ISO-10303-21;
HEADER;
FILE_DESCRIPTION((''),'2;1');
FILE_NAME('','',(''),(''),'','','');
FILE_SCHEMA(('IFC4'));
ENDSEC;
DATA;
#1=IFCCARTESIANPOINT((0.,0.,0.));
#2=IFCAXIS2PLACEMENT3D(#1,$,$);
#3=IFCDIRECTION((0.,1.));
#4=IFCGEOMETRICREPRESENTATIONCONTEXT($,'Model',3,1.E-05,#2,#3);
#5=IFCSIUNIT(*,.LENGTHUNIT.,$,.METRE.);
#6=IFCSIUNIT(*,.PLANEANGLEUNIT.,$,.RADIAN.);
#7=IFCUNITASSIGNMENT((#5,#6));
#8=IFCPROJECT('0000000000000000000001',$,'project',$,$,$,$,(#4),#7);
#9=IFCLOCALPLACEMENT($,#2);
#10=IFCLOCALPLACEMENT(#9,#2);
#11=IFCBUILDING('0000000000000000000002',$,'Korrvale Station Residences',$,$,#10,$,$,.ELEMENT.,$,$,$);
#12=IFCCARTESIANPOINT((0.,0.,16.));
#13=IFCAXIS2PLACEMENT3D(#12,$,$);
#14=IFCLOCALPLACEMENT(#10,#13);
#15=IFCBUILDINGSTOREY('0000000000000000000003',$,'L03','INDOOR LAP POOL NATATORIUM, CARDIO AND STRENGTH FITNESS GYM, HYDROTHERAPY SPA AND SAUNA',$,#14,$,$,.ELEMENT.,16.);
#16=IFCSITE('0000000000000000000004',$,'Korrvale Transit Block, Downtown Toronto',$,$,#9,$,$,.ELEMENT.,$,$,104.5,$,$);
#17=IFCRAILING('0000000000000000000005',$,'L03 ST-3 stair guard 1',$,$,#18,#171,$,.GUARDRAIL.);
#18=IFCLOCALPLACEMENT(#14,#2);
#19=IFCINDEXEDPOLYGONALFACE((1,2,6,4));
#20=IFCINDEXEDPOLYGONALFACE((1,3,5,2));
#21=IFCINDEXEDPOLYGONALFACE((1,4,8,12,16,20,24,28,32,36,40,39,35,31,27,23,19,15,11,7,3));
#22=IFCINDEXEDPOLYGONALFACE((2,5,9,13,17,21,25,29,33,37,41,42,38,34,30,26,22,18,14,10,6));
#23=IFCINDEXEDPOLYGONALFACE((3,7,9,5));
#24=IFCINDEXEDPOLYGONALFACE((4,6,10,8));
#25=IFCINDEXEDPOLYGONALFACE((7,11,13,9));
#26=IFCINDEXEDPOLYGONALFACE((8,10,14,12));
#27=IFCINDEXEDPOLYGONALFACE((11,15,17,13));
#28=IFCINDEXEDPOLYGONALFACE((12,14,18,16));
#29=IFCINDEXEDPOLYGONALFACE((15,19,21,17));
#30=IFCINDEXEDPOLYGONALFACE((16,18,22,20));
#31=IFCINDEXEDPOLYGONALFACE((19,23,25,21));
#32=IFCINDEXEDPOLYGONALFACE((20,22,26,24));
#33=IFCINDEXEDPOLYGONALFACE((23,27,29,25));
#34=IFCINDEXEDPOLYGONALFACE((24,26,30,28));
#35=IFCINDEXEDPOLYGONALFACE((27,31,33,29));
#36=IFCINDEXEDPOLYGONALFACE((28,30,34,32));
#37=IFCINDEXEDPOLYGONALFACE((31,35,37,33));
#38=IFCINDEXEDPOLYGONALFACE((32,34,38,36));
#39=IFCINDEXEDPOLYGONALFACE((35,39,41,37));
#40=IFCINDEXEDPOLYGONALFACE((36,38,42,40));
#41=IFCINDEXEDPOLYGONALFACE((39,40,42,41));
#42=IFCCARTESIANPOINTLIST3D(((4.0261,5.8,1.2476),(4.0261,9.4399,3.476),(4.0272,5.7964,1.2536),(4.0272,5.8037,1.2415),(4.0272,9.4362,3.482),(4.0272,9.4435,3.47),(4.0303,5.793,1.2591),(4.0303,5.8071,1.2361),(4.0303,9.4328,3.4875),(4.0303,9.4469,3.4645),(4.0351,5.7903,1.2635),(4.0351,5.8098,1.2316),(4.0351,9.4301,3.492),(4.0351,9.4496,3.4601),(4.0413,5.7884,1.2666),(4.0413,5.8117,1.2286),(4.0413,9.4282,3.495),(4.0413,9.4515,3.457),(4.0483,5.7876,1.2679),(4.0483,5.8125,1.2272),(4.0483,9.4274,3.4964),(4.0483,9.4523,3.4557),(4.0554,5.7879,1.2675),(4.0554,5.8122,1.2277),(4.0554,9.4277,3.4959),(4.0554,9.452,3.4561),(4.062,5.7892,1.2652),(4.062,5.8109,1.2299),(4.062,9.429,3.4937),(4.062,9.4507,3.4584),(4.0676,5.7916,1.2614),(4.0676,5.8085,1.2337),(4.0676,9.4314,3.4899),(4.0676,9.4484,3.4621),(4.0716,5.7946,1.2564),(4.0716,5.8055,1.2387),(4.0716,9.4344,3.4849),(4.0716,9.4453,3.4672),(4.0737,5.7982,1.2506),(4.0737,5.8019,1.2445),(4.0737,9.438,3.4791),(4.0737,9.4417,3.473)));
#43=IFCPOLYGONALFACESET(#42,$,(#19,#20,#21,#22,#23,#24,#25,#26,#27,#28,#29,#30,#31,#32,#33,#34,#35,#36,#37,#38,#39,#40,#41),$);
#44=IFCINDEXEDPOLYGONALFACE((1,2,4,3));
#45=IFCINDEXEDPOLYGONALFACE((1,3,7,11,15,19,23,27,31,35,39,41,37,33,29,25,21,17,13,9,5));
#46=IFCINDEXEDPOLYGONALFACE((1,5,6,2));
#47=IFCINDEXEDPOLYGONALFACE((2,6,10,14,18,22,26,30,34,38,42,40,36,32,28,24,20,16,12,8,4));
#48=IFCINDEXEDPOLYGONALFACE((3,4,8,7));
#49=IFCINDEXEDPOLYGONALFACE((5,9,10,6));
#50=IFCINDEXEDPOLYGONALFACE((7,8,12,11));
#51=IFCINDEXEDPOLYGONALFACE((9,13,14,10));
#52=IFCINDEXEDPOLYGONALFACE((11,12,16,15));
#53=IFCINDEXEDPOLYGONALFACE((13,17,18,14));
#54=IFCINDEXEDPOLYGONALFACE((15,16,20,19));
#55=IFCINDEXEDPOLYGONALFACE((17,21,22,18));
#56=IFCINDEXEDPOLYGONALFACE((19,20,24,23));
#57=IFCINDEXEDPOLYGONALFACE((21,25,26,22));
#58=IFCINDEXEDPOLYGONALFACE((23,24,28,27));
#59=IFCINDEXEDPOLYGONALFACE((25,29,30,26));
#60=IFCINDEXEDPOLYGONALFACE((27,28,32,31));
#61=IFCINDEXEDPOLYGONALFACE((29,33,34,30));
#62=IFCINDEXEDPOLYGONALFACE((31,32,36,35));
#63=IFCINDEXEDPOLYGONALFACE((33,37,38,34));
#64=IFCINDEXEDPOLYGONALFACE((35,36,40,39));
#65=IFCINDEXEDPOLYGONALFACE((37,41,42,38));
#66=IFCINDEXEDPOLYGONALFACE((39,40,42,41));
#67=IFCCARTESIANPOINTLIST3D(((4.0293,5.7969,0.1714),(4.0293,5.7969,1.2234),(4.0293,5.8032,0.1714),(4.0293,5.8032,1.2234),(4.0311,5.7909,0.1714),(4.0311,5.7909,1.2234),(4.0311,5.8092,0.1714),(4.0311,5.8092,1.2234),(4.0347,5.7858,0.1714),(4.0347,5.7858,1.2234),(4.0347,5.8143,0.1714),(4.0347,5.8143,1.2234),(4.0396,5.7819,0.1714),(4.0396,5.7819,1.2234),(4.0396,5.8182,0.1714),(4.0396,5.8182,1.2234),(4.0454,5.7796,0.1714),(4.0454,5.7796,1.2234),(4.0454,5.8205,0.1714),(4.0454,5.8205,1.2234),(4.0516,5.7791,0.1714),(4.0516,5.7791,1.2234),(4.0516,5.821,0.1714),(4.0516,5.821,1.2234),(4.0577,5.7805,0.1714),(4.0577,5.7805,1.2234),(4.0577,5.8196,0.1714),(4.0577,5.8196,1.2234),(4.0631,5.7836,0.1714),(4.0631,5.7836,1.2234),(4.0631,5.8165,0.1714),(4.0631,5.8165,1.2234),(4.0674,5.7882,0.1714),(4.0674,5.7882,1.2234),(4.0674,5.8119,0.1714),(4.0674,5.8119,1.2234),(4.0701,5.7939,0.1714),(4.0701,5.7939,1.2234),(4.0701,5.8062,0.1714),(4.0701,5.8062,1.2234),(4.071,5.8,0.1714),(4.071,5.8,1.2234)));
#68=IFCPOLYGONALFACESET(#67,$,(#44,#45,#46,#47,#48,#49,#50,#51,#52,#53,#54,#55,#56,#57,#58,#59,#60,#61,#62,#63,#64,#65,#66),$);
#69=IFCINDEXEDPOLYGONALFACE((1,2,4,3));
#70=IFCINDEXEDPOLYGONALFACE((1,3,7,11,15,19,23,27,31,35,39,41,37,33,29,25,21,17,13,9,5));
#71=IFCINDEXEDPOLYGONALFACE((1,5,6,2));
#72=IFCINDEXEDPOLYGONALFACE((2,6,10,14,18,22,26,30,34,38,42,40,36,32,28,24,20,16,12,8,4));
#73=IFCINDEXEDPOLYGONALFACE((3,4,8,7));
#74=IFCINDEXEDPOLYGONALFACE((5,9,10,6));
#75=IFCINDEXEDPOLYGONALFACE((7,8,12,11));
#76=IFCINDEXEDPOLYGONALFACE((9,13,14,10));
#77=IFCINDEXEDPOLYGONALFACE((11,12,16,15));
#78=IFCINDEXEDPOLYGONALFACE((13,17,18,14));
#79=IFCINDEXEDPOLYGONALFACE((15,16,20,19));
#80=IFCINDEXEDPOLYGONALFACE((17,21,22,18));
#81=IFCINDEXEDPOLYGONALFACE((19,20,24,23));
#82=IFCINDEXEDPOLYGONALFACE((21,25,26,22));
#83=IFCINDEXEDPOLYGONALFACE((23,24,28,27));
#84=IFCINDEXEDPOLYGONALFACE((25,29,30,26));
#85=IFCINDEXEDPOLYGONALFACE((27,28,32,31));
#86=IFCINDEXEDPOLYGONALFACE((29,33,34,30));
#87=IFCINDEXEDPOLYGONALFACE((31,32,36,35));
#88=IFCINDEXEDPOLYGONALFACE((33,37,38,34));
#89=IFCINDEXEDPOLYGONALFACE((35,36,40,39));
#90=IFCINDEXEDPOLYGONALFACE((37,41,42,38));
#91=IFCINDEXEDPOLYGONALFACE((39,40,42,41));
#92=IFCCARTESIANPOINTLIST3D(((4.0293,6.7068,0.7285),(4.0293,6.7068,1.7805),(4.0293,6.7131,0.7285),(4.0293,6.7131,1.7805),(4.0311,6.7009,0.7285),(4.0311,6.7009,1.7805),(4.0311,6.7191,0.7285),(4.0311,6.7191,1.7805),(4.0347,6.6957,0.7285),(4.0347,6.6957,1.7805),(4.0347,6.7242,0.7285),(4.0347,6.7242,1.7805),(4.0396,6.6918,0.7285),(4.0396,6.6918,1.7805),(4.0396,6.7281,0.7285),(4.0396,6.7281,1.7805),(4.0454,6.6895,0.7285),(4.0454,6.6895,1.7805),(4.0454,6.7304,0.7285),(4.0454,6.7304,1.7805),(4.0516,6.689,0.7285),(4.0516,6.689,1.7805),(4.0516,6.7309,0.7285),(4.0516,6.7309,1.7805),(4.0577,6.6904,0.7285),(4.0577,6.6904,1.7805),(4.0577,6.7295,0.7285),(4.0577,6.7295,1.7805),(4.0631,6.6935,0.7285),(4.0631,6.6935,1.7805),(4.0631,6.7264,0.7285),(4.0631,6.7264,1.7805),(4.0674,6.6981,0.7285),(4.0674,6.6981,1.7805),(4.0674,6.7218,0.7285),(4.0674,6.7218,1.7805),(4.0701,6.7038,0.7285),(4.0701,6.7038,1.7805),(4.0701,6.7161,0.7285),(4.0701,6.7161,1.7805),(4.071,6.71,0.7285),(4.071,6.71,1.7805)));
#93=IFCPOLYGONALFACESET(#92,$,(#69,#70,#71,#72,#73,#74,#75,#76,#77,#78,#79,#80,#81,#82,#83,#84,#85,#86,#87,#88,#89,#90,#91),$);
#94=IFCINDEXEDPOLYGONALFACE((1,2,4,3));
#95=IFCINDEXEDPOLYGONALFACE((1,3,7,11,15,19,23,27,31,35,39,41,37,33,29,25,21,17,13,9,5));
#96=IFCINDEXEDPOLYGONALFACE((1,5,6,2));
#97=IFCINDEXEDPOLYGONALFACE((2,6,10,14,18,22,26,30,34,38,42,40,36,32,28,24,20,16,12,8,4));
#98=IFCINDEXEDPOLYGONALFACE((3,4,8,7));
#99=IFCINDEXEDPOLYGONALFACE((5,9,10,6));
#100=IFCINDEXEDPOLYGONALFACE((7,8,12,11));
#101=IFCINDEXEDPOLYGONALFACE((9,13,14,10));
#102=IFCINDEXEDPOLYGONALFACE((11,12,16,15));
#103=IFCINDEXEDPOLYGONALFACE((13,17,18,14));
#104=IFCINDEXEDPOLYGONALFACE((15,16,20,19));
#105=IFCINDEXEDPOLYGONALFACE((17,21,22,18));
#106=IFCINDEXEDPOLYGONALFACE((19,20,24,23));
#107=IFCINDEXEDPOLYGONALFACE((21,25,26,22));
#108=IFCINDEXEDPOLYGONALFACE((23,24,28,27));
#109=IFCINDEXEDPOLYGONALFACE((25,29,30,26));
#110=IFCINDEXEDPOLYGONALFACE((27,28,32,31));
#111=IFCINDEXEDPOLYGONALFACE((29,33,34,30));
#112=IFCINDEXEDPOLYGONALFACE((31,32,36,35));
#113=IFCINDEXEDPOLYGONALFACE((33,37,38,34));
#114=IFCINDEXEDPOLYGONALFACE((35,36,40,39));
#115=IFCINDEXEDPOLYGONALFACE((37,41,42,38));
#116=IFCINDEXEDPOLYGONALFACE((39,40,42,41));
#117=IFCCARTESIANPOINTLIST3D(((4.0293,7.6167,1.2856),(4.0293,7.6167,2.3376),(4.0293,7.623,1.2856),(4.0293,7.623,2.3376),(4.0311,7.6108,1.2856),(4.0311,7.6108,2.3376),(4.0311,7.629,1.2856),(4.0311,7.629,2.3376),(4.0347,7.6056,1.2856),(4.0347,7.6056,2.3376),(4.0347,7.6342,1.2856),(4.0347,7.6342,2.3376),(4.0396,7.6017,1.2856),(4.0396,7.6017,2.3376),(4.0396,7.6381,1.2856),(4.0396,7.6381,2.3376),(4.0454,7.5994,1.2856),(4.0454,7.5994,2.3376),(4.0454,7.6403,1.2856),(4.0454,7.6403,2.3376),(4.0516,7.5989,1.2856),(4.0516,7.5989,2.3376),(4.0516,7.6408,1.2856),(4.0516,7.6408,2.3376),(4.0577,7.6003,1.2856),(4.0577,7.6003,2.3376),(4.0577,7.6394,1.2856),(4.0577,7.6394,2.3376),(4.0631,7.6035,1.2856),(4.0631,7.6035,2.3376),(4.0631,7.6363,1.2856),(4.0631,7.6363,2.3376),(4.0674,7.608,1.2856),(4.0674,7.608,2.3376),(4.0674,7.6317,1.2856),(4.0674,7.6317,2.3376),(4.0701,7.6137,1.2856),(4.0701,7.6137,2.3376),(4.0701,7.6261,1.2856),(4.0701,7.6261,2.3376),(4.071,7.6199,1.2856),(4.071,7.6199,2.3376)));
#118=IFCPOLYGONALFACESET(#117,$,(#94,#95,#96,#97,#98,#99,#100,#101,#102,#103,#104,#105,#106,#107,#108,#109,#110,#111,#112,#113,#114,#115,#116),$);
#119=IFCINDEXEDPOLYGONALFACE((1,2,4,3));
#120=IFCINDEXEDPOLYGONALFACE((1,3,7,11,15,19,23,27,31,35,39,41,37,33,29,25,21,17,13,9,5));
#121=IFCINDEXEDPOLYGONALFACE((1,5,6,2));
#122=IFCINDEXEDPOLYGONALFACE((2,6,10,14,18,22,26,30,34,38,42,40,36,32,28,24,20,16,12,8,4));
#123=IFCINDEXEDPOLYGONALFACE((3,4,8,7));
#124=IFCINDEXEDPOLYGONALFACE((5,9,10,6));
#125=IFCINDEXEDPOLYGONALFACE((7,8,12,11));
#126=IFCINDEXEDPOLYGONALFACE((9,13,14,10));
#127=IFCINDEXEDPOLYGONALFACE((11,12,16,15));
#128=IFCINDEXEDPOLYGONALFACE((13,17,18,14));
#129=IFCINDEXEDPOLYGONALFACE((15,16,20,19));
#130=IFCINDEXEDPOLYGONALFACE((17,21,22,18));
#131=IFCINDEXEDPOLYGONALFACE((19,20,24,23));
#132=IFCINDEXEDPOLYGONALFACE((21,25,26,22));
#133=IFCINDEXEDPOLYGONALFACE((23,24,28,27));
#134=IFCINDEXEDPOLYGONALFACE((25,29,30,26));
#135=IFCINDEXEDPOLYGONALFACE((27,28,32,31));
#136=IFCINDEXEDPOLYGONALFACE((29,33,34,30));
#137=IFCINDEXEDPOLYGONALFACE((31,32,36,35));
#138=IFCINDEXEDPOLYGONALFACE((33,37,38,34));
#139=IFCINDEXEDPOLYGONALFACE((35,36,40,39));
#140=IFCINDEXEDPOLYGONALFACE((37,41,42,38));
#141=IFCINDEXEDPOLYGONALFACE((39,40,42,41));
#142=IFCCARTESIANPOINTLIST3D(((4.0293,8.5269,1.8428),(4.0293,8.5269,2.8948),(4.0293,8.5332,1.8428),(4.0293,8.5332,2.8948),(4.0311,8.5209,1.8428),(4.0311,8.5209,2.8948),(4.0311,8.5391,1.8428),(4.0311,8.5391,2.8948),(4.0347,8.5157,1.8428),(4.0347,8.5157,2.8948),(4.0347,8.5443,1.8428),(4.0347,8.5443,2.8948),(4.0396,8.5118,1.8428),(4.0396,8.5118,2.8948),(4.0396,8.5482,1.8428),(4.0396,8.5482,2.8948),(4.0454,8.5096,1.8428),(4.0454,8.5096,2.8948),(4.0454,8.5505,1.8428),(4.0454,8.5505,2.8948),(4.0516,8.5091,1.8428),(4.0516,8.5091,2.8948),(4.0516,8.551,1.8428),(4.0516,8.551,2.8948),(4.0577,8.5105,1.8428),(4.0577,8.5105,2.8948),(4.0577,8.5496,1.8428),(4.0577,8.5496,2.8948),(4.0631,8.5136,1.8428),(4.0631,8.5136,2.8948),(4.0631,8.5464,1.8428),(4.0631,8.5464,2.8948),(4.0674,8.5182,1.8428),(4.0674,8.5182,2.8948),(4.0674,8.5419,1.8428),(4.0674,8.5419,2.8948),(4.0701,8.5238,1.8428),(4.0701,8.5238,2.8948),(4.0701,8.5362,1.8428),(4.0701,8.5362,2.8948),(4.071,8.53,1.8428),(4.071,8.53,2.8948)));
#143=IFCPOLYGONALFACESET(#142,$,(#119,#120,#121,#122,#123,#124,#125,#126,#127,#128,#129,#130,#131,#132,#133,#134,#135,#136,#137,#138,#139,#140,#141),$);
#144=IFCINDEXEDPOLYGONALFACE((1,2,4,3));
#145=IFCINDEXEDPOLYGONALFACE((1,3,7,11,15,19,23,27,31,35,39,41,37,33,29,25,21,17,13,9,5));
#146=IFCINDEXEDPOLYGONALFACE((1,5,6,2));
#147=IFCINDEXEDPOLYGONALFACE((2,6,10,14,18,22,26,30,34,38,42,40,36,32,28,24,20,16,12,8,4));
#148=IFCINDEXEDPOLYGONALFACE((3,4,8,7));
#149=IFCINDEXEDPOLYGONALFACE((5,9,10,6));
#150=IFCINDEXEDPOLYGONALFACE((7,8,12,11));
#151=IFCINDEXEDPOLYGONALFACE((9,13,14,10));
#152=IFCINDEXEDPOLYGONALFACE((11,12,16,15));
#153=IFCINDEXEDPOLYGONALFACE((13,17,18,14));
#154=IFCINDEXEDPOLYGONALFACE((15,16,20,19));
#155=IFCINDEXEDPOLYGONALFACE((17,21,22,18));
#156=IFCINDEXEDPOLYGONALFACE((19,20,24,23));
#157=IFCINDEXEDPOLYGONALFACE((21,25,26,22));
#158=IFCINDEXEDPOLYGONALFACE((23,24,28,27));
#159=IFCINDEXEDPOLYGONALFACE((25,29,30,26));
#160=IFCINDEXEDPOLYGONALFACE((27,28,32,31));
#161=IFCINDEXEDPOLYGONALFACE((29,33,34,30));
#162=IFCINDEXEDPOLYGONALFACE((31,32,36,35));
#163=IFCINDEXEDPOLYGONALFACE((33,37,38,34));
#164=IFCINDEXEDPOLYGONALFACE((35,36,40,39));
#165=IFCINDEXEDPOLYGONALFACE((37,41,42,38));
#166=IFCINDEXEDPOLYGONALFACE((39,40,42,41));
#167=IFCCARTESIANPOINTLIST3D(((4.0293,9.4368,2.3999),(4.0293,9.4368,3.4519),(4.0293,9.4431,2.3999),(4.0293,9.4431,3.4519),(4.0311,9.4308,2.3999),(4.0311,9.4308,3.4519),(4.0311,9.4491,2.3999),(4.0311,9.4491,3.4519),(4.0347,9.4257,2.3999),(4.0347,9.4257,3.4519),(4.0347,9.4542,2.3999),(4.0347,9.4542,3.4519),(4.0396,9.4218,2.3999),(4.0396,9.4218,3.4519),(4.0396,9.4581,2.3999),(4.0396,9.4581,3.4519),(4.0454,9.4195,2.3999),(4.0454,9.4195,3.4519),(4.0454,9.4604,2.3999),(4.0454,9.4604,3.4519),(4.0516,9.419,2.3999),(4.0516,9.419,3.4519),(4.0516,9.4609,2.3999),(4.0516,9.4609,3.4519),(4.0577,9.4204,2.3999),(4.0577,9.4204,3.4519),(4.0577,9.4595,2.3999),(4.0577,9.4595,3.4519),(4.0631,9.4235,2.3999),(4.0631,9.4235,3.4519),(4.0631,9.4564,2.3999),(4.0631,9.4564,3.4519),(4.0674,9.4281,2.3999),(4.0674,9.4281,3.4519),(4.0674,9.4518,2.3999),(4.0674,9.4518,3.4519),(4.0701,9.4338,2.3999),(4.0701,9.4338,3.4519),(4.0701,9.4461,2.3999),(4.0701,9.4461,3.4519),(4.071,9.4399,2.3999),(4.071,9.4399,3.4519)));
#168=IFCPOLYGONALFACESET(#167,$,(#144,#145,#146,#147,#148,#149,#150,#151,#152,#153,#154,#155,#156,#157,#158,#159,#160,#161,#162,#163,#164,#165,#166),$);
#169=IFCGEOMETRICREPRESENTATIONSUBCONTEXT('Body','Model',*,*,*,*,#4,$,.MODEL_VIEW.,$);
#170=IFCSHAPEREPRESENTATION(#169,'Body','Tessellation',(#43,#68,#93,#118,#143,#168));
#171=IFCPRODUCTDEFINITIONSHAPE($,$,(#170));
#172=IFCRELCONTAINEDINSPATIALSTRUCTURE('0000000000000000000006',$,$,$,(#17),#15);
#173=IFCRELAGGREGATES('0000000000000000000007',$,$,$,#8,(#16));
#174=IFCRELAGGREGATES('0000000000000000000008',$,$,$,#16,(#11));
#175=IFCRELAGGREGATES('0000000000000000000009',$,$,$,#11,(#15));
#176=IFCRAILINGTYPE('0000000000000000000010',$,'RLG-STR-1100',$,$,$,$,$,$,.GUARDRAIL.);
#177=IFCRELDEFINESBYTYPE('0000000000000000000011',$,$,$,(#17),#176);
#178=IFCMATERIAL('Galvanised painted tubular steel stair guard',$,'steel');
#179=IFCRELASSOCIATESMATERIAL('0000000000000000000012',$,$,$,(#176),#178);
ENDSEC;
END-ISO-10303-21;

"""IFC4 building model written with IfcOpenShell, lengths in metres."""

from ifc_helpers import new_model, si_unit, direction, frame, origin, origin_2d, place, context, subcontext, project, spatial, circle, extrude, material, type_object, element, save


model = new_model("IFC4")

# Units and contexts
model_context = context("Model", 3, precision=1e-05, world=origin(), true_north=direction((0.0, 1.0)))
body_context = subcontext(model_context, "Body", "Model", "MODEL_VIEW")
ifc_project = project(units=[si_unit("LENGTHUNIT", "METRE"), si_unit("PLANEANGLEUNIT", "RADIAN")], contexts=[model_context])

# Site, building, storey
site_placement = place(None, origin())
site = spatial("IfcSite", under=ifc_project, at=site_placement, Name="Korrvale Transit Block, Downtown Toronto", CompositionType="ELEMENT", RefElevation=104.5)
building_placement = place(site_placement, origin())
building = spatial("IfcBuilding", under=site, at=building_placement, Name="Korrvale Station Residences", CompositionType="ELEMENT")
storey_placement = place(building_placement, frame((0.0, 0.0, 16.0)))
storey = spatial("IfcBuildingStorey", under=building, at=storey_placement, Name="L03", Description="INDOOR LAP POOL NATATORIUM, CARDIO AND STRENGTH FITNESS GYM, HYDROTHERAPY SPA AND SAUNA", CompositionType="ELEMENT", Elevation=16.0)

# Railing
ifc_material_1 = material(Name="Galvanised painted tubular steel stair guard", Category="steel")
railing_type_1 = type_object("IfcRailingType", Name="RLG-STR-1100", PredefinedType="GUARDRAIL", material=ifc_material_1)
railing_1_placement = place(storey_placement, frame((4.05, 5.8, 0.1714)))
element("IfcRailing", 1, at=railing_1_placement, inside=storey, type_object=railing_type_1, Name="L03 ST-3 stair guard 1", PredefinedType="GUARDRAIL", context=body_context, shape_type="SweptSolid", body=[
    extrude(circle(Radius=0.0239, at=origin_2d()), frame((0.0, 0.0, 1.0762), z_axis=(0.0, 0.85285, 0.522156), x_axis=(-1.0, 0.0, 0.0)), (0.0, 0.0, 1.0), 4.2678),
    extrude(circle(Radius=0.021, at=origin_2d()), origin(), (0.0, 0.0, 1.0), 1.052),
    extrude(circle(Radius=0.021, at=origin_2d()), frame((0.0, 0.9099, 0.5571)), (0.0, 0.0, 1.0), 1.052),
    extrude(circle(Radius=0.021, at=origin_2d()), frame((0.0, 1.8198, 1.1143)), (0.0, 0.0, 1.0), 1.052),
    extrude(circle(Radius=0.021, at=origin_2d()), frame((0.0, 2.73, 1.6714)), (0.0, 0.0, 1.0), 1.052),
    extrude(circle(Radius=0.021, at=origin_2d()), frame((0.0, 3.6399, 2.2285)), (0.0, 0.0, 1.0), 1.052),
])

save(model, "model.ifc")
